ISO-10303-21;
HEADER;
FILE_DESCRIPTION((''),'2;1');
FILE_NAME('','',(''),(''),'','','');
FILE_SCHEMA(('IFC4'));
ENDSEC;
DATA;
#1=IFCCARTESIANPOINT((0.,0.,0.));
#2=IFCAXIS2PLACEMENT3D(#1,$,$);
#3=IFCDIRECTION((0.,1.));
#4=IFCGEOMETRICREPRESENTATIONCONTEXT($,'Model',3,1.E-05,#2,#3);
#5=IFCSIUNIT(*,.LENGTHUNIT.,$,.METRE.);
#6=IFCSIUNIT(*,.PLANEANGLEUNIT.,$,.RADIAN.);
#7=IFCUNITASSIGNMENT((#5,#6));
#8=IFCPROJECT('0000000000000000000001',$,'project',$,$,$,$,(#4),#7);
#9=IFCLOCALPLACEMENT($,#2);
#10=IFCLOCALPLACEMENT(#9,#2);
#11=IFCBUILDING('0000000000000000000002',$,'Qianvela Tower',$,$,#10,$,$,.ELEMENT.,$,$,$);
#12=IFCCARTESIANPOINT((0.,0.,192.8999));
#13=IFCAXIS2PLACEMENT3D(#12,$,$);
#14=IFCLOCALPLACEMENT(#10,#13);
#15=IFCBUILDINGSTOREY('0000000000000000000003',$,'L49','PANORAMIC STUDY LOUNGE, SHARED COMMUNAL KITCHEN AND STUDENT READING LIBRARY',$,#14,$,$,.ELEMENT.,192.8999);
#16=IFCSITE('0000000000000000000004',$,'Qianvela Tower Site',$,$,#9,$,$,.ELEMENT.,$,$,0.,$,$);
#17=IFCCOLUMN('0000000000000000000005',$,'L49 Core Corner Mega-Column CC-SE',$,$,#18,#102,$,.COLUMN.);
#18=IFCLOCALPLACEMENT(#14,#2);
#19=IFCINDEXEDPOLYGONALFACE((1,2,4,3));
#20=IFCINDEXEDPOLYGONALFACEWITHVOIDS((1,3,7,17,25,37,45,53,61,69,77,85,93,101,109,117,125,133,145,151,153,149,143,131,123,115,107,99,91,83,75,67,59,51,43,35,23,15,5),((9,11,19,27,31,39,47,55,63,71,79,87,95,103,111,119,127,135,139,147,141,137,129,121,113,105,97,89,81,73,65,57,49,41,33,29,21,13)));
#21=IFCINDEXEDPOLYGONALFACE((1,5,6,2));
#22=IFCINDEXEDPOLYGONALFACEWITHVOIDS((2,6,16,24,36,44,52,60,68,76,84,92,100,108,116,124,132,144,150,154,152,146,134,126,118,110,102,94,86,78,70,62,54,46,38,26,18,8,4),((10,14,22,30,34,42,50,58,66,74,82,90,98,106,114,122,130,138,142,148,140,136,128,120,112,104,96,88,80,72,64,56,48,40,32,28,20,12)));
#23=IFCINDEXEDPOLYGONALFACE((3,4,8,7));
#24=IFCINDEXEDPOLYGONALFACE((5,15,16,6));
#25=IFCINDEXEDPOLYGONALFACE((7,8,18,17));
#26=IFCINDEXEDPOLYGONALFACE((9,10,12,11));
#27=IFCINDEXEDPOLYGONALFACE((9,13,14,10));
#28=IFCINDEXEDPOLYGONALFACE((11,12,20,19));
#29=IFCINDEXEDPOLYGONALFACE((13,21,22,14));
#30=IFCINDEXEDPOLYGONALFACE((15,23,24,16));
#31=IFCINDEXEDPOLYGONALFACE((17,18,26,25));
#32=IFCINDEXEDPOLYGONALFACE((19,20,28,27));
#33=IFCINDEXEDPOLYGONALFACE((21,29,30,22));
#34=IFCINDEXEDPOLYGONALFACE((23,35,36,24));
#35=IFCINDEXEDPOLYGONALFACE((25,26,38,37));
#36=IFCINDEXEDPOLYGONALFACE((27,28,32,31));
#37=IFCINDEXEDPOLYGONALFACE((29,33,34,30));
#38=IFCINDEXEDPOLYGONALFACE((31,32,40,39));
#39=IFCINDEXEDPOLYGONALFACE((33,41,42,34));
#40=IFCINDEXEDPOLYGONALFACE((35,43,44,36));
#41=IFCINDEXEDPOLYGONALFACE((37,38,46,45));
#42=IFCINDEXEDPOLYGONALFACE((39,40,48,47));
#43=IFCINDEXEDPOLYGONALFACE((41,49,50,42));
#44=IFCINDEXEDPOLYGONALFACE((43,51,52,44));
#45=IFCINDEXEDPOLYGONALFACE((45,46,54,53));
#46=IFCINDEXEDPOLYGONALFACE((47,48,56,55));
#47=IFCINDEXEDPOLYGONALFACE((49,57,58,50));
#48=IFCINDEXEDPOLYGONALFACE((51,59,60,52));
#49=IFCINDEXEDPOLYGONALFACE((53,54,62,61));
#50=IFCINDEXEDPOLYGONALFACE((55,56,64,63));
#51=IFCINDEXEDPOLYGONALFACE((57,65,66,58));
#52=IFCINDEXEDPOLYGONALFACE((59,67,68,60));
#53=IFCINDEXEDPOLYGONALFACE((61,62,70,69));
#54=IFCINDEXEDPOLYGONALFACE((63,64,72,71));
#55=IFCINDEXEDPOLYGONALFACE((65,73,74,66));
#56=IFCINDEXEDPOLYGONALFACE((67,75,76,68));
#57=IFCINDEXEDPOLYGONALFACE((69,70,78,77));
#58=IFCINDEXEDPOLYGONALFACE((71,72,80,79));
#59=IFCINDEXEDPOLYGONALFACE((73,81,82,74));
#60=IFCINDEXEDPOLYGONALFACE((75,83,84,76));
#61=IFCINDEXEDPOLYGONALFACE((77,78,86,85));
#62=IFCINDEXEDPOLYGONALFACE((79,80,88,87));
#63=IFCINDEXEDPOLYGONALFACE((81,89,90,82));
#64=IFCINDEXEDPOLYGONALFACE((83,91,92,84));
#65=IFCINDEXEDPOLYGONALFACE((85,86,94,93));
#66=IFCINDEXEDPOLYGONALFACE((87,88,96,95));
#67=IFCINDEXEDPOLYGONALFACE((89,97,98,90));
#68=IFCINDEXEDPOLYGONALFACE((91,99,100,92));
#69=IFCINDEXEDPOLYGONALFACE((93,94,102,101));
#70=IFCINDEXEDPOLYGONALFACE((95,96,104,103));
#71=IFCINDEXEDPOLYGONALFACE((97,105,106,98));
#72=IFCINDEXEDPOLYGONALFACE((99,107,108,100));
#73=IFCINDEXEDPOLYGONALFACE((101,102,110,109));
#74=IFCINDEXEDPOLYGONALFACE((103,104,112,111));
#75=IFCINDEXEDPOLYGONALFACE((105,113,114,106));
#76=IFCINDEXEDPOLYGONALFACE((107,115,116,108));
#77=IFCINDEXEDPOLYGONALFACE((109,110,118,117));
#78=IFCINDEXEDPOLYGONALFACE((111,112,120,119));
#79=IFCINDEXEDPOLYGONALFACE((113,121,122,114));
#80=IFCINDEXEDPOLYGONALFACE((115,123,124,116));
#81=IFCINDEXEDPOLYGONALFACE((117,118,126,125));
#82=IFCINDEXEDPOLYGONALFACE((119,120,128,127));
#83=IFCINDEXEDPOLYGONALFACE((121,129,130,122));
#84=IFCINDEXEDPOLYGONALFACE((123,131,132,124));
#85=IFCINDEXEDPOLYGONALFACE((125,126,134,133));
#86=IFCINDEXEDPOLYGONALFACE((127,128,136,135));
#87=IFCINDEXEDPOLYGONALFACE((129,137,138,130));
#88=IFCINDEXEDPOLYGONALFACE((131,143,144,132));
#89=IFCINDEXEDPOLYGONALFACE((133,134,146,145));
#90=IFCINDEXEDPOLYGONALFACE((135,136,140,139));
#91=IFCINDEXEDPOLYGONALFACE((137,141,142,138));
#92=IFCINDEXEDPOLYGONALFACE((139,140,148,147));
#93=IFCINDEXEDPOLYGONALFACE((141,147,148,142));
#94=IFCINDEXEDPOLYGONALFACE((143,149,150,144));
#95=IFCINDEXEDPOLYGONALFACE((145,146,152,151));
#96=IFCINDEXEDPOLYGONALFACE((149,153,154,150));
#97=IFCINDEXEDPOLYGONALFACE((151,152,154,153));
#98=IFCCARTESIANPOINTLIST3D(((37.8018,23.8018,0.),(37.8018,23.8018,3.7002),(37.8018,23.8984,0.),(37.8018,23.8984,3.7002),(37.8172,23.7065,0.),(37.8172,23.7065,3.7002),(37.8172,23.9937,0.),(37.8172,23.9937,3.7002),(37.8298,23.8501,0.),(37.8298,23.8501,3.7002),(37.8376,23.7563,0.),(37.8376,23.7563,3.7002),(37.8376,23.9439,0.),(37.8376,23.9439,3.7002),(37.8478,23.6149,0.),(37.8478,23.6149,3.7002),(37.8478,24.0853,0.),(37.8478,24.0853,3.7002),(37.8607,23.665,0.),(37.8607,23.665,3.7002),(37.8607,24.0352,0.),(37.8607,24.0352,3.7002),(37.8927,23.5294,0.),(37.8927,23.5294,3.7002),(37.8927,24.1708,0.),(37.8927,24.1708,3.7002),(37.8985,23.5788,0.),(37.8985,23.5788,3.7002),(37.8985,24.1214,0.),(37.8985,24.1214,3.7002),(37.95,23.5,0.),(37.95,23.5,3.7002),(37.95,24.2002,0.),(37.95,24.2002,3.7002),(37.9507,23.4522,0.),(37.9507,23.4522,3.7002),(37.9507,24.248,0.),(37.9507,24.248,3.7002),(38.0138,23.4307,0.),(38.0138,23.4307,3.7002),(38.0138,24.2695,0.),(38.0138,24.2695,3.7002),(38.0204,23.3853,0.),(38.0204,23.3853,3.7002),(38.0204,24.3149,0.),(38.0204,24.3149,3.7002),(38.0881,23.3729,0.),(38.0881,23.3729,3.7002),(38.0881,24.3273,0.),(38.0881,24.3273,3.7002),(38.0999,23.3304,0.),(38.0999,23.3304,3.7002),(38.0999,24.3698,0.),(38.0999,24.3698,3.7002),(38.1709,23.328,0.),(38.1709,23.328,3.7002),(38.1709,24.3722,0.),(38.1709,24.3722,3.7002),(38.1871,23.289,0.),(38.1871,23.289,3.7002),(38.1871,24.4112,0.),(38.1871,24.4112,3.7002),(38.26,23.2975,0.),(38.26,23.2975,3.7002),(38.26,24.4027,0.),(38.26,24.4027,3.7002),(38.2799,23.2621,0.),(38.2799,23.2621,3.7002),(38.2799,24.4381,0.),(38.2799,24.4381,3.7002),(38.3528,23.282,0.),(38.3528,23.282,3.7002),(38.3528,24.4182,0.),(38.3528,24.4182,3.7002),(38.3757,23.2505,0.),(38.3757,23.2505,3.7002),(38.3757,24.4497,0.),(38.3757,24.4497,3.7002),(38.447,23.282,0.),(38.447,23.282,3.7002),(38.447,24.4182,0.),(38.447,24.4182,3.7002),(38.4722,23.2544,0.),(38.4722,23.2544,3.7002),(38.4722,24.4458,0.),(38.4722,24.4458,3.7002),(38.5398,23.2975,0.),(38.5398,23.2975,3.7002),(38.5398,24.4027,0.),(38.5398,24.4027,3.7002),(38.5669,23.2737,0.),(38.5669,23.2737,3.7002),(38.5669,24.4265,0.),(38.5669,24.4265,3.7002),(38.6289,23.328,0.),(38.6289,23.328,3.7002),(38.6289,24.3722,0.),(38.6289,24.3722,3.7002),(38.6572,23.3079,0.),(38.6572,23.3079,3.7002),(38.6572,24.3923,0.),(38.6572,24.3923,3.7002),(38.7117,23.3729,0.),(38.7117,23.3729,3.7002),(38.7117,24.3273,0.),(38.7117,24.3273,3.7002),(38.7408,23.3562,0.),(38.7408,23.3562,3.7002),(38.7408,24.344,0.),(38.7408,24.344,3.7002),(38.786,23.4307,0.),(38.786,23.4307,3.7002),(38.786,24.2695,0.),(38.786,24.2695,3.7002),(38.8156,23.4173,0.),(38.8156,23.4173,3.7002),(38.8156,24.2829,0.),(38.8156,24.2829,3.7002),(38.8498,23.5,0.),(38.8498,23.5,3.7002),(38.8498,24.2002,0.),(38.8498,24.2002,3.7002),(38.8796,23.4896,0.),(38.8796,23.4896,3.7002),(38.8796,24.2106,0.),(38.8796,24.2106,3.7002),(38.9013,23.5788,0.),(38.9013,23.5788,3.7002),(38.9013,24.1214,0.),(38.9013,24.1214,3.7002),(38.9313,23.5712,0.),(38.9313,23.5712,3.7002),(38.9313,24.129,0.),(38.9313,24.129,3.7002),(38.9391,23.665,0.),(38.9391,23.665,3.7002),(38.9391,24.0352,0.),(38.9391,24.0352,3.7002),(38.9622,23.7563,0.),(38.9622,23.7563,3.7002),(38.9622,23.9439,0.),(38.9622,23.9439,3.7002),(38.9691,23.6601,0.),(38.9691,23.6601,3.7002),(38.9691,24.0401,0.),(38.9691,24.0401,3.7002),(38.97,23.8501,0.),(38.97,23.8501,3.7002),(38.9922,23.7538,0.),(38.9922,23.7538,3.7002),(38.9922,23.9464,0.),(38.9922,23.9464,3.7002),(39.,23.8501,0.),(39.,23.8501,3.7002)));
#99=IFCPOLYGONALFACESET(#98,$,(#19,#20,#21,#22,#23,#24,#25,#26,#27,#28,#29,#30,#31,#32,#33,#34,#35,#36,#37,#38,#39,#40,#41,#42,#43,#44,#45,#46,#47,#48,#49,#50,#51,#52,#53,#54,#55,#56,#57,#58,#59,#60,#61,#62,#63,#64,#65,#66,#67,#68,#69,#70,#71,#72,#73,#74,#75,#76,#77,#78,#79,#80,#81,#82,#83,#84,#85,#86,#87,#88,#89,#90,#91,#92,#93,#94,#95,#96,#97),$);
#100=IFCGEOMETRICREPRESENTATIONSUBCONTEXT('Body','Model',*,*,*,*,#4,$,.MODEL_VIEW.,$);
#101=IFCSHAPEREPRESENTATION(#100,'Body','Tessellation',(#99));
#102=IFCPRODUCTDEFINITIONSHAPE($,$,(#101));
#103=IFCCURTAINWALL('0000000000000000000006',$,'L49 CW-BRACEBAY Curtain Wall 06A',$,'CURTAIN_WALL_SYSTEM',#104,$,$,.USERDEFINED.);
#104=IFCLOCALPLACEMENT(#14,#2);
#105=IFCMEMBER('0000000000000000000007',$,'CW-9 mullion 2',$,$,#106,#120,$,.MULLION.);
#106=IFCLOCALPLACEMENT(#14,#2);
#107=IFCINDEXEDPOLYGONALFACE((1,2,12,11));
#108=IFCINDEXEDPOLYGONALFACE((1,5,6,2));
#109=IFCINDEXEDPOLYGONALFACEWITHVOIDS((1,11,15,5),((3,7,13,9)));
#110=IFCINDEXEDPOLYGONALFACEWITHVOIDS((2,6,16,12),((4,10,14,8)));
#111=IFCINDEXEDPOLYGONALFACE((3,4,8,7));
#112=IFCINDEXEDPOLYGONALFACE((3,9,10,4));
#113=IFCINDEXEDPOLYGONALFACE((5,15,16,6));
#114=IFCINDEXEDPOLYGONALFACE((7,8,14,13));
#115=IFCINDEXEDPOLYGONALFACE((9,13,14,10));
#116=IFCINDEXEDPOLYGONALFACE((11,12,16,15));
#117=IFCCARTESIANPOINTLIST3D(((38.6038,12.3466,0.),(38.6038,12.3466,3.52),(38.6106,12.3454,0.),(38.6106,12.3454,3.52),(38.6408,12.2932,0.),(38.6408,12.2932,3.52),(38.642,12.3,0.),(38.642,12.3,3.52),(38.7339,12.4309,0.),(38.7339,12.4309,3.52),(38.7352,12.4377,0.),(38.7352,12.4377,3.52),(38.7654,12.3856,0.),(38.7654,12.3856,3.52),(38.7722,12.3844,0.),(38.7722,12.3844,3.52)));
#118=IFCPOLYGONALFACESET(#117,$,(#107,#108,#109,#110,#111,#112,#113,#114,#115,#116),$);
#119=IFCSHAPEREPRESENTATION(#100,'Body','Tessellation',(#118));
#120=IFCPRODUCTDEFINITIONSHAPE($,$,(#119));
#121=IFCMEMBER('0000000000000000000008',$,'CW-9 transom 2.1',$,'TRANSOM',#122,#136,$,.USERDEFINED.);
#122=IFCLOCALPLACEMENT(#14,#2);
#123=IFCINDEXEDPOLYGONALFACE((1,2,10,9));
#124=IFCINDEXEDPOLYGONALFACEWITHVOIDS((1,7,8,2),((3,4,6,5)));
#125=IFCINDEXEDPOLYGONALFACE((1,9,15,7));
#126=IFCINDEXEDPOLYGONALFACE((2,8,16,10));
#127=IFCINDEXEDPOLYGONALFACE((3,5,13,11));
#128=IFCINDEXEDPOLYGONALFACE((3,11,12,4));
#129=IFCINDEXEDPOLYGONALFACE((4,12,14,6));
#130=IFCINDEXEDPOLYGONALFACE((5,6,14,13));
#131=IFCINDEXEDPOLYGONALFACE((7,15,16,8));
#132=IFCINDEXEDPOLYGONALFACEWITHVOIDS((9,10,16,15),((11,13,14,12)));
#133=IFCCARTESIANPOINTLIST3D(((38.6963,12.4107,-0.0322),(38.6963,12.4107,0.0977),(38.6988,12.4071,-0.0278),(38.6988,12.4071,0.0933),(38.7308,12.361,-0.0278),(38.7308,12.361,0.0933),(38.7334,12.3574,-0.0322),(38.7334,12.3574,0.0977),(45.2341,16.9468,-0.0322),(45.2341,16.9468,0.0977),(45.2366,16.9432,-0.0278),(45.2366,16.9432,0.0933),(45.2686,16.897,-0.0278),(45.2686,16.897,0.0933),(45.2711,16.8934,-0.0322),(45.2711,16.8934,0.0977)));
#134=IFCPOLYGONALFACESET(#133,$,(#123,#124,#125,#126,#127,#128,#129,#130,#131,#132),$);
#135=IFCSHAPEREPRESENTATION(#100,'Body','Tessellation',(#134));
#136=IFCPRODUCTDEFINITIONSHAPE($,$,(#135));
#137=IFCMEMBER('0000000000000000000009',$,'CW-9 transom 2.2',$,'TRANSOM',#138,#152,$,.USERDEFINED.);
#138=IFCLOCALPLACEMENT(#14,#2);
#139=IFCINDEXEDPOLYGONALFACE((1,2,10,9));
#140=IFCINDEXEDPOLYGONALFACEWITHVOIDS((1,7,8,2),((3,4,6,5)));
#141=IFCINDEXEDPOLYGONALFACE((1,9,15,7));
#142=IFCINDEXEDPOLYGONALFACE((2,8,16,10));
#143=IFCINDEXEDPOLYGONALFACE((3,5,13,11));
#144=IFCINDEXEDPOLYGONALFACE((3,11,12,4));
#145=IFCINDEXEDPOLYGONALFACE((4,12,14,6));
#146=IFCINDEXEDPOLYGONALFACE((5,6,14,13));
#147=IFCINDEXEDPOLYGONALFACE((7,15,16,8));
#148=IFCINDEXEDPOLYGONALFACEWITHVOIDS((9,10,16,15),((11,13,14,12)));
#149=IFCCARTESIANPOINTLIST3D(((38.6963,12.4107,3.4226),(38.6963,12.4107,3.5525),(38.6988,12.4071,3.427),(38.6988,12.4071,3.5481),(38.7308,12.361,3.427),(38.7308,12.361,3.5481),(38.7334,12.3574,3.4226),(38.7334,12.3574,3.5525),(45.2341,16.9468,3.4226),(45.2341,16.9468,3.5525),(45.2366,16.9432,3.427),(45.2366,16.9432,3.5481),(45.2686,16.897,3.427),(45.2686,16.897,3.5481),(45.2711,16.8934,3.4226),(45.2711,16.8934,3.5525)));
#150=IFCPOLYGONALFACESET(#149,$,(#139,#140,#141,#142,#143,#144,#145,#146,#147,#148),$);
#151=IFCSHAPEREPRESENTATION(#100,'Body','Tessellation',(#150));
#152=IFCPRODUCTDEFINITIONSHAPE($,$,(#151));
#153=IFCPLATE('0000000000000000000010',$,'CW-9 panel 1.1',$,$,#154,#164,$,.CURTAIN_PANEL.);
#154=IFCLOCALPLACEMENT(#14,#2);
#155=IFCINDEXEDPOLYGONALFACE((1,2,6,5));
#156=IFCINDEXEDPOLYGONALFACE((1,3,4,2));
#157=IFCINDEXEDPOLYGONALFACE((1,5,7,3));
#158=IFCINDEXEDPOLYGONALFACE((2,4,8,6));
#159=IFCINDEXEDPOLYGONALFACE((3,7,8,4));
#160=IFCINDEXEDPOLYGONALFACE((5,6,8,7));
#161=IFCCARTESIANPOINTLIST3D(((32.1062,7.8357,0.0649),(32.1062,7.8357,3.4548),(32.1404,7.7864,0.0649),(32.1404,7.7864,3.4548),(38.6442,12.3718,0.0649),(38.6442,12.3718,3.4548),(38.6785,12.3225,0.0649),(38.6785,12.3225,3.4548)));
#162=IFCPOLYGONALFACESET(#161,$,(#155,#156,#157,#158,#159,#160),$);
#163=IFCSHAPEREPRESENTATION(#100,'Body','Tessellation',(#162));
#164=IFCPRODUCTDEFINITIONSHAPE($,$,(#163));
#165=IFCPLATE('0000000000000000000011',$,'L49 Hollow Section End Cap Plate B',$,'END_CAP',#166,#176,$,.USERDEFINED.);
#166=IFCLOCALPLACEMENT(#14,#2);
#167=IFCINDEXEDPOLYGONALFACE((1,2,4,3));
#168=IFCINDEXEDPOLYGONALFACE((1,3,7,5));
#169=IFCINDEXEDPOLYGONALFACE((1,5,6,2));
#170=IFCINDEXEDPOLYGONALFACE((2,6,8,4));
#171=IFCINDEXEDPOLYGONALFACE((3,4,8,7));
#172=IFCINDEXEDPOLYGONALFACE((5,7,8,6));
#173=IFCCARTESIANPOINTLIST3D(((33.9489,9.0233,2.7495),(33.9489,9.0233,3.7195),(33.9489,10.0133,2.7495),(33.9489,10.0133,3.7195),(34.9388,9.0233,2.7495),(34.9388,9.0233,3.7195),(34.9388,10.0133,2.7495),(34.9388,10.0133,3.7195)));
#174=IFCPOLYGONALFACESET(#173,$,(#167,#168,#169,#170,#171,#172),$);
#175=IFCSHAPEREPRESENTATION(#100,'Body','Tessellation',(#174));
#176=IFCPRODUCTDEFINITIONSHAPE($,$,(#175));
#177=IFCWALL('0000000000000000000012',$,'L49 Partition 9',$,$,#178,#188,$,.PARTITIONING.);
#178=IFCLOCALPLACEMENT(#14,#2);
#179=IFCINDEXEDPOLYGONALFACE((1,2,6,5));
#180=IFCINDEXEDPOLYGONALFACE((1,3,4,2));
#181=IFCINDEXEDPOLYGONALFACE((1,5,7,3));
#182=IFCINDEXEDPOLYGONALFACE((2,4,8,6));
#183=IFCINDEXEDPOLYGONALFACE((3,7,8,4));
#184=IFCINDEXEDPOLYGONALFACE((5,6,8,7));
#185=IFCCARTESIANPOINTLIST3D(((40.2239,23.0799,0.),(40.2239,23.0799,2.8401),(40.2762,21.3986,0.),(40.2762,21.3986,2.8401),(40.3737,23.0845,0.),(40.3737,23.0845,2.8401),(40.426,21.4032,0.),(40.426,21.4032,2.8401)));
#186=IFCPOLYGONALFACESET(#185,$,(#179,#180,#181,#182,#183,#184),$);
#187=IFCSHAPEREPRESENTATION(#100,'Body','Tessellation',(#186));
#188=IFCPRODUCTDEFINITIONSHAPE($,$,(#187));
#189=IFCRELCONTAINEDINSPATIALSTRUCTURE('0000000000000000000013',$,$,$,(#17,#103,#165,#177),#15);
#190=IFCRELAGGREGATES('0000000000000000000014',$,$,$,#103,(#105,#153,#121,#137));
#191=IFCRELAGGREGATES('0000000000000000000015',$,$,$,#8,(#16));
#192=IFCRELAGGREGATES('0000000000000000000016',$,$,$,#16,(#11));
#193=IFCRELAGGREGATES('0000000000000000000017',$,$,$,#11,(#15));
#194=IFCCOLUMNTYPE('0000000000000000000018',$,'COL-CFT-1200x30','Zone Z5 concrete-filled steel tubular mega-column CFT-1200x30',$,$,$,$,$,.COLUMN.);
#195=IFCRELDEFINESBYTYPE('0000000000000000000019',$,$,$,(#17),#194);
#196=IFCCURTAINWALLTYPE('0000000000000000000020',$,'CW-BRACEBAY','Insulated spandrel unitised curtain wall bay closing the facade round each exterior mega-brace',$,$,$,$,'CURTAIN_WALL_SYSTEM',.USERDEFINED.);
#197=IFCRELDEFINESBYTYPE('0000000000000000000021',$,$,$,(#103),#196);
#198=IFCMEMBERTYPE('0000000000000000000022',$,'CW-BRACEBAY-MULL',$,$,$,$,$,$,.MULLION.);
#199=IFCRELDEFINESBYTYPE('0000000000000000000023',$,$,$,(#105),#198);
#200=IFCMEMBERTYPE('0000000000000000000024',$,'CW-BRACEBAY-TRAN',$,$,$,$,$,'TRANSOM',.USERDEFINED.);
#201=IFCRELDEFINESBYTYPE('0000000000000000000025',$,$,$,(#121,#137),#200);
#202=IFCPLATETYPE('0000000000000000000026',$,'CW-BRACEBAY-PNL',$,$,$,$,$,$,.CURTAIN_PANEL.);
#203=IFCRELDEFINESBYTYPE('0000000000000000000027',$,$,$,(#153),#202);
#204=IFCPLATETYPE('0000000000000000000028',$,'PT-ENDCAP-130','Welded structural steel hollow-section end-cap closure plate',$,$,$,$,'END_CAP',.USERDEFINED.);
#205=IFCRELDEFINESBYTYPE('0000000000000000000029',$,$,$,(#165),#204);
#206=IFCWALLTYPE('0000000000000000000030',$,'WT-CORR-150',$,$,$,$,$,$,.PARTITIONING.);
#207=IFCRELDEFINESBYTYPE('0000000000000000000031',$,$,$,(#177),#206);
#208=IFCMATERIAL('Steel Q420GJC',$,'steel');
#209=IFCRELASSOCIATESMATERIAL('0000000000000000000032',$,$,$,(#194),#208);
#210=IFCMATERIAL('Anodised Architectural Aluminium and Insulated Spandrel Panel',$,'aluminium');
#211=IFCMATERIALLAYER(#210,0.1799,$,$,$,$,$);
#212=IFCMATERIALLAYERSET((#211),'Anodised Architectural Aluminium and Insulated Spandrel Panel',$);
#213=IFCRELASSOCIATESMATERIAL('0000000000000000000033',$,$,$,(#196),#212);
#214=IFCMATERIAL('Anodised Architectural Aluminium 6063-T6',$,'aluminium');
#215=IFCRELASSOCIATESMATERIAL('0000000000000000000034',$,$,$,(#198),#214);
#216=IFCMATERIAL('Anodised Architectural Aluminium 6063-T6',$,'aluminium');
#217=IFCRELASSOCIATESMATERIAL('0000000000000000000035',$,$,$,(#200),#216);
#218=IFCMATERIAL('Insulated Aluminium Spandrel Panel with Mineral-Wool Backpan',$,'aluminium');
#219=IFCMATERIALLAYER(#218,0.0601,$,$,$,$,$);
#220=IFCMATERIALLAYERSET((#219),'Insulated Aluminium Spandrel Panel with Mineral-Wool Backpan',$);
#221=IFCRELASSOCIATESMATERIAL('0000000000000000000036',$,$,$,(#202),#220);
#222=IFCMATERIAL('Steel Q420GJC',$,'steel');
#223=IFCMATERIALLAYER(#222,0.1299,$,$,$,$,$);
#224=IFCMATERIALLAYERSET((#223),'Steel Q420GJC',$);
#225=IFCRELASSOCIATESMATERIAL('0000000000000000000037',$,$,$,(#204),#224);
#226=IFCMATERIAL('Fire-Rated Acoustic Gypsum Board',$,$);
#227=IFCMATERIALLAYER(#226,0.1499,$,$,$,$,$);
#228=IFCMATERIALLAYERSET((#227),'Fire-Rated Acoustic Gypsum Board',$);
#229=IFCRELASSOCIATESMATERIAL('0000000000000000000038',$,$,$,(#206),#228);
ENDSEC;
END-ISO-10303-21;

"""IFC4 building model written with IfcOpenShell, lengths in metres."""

from ifc_helpers import new_model, si_unit, direction, frame, frame_2d, origin, origin_2d, place, context, subcontext, project, spatial, rectangle, hollow_rectangle, hollow_circle, extrude, material, layer, layer_set, material_profile, profile_set, type_object, element, aggregate, save


model = new_model("IFC4")

# Units and contexts
model_context = context("Model", 3, precision=1e-05, world=origin(), true_north=direction((0.0, 1.0)))
body_context = subcontext(model_context, "Body", "Model", "MODEL_VIEW")
ifc_project = project(units=[si_unit("LENGTHUNIT", "METRE"), si_unit("PLANEANGLEUNIT", "RADIAN")], contexts=[model_context])

# Site, building, storey
site_placement = place(None, origin())
site = spatial("IfcSite", under=ifc_project, at=site_placement, Name="Qianvela Tower Site", CompositionType="ELEMENT", RefElevation=0.0)
building_placement = place(site_placement, origin())
building = spatial("IfcBuilding", under=site, at=building_placement, Name="Qianvela Tower", CompositionType="ELEMENT")
storey_placement = place(building_placement, frame((0.0, 0.0, 192.8999)))
storey = spatial("IfcBuildingStorey", under=building, at=storey_placement, Name="L49", Description="PANORAMIC STUDY LOUNGE, SHARED COMMUNAL KITCHEN AND STUDENT READING LIBRARY", CompositionType="ELEMENT", Elevation=192.8999)

# Column
ifc_material_1 = material(Name="Steel Q420GJC", Category="steel")
ifc_material_profile_1 = material_profile(ifc_material_1, hollow_circle(Radius=0.6001, WallThickness=0.03, at=origin_2d()), Name="CFT-1200x30")
ifc_profile_set_1 = profile_set([ifc_material_profile_1], Name="Steel Q420GJC")
column_type = type_object("IfcColumnType", Name="COL-CFT-1200x30", Description="Zone Z5 concrete-filled steel tubular mega-column CFT-1200x30", PredefinedType="COLUMN", material=ifc_profile_set_1)
column_placement = place(storey_placement, frame((38.3999, 23.8501, 0.0), z_axis=(0.0, 0.0, 1.0), x_axis=(1.0, 0.0, 0.0)))
element("IfcColumn", 1, at=column_placement, inside=storey, type_object=column_type, Name="L49 Core Corner Mega-Column CC-SE", PredefinedType="COLUMN", context=body_context, shape_type="SweptSolid", body=[
    extrude(hollow_circle(Radius=0.6001, WallThickness=0.03, at=origin_2d()), origin(), (0.0, 0.0, 1.0), 3.7002),
])

# Curtain wall, members, plate
ifc_material_2 = material(Name="Anodised Architectural Aluminium and Insulated Spandrel Panel", Category="aluminium")
ifc_layer_1 = layer(ifc_material_2, 0.1799)
ifc_layer_set_1 = layer_set([ifc_layer_1], Name="Anodised Architectural Aluminium and Insulated Spandrel Panel")
curtain_wall_type = type_object("IfcCurtainWallType", Name="CW-BRACEBAY", Description="Insulated spandrel unitised curtain wall bay closing the facade round each exterior mega-brace", ElementType="CURTAIN_WALL_SYSTEM", PredefinedType="USERDEFINED", material=ifc_layer_set_1)
curtain_wall_placement = place(storey_placement, origin())
curtain_wall = element("IfcCurtainWall", 2, at=curtain_wall_placement, inside=storey, type_object=curtain_wall_type, Name="L49 CW-BRACEBAY Curtain Wall 06A", ObjectType="CURTAIN_WALL_SYSTEM", PredefinedType="USERDEFINED")
ifc_material_3 = material(Name="Anodised Architectural Aluminium 6063-T6", Category="aluminium")
ifc_material_profile_2 = material_profile(ifc_material_3, hollow_rectangle(XDim=0.0649, YDim=0.1599, WallThickness=0.0049, at=origin_2d()), Name="ALU-MULL-65x160")
ifc_profile_set_2 = profile_set([ifc_material_profile_2], Name="Anodised Architectural Aluminium 6063-T6")
member_type_1 = type_object("IfcMemberType", Name="CW-BRACEBAY-MULL", PredefinedType="MULLION", material=ifc_profile_set_2)
member_1_placement = place(storey_placement, frame((38.688, 12.3655, 0.0), z_axis=(0.0, 0.0, 1.0), x_axis=(-0.570037, 0.821619, 0.0)))
member_1 = element("IfcMember", 3, at=member_1_placement, type_object=member_type_1, Name="CW-9 mullion 2", PredefinedType="MULLION", context=body_context, shape_type="SweptSolid", body=[
    extrude(hollow_rectangle(XDim=0.0649, YDim=0.1599, WallThickness=0.0049, at=origin_2d()), origin(), (0.0, 0.0, 1.0), 3.52),
])
ifc_material_4 = material(Name="Anodised Architectural Aluminium 6063-T6", Category="aluminium")
ifc_material_profile_3 = material_profile(ifc_material_4, hollow_rectangle(XDim=0.0649, YDim=0.1299, WallThickness=0.0044, at=origin_2d()), Name="ALU-TRAN-65x130")
ifc_profile_set_3 = profile_set([ifc_material_profile_3], Name="Anodised Architectural Aluminium 6063-T6")
member_type_2 = type_object("IfcMemberType", Name="CW-BRACEBAY-TRAN", ElementType="TRANSOM", PredefinedType="USERDEFINED", material=ifc_profile_set_3)
member_2_placement = place(storey_placement, frame((38.7148, 12.384, 0.0327), z_axis=(0.821607, 0.570054, 0.0), x_axis=(-0.570054, 0.821607, 0.0)))
member_2 = element("IfcMember", 4, at=member_2_placement, type_object=member_type_2, Name="CW-9 transom 2.1", ObjectType="TRANSOM", PredefinedType="USERDEFINED", context=body_context, shape_type="SweptSolid", body=[
    extrude(hollow_rectangle(XDim=0.0649, YDim=0.1299, WallThickness=0.0044, at=origin_2d()), origin(), (0.0, 0.0, 1.0), 7.9573),
])
member_3_placement = place(storey_placement, frame((38.7148, 12.384, 3.4875), z_axis=(0.821607, 0.570054, 0.0), x_axis=(-0.570054, 0.821607, 0.0)))
member_3 = element("IfcMember", 5, at=member_3_placement, type_object=member_type_2, Name="CW-9 transom 2.2", ObjectType="TRANSOM", PredefinedType="USERDEFINED", context=body_context, shape_type="SweptSolid", body=[
    extrude(hollow_rectangle(XDim=0.0649, YDim=0.1299, WallThickness=0.0044, at=origin_2d()), origin(), (0.0, 0.0, 1.0), 7.9573),
])
ifc_material_5 = material(Name="Insulated Aluminium Spandrel Panel with Mineral-Wool Backpan", Category="aluminium")
ifc_layer_2 = layer(ifc_material_5, 0.0601)
ifc_layer_set_2 = layer_set([ifc_layer_2], Name="Insulated Aluminium Spandrel Panel with Mineral-Wool Backpan")
plate_type_1 = type_object("IfcPlateType", Name="CW-BRACEBAY-PNL", PredefinedType="CURTAIN_PANEL", material=ifc_layer_set_2)
plate_1_placement = place(storey_placement, frame((35.3923, 10.0791, 0.0649), z_axis=(0.0, 0.0, 1.0), x_axis=(0.821619, 0.570037, 0.0)))
plate_1 = element("IfcPlate", 6, at=plate_1_placement, type_object=plate_type_1, Name="CW-9 panel 1.1", PredefinedType="CURTAIN_PANEL", context=body_context, shape_type="SweptSolid", body=[
    extrude(rectangle(XDim=7.9575, YDim=0.0601, at=origin_2d()), origin(), (0.0, 0.0, 1.0), 3.3899),
])
aggregate(curtain_wall, [member_1, plate_1, member_2, member_3])

# Plate
ifc_material_6 = material(Name="Steel Q420GJC", Category="steel")
ifc_layer_3 = layer(ifc_material_6, 0.1299)
ifc_layer_set_3 = layer_set([ifc_layer_3], Name="Steel Q420GJC")
plate_type_2 = type_object("IfcPlateType", Name="PT-ENDCAP-130", Description="Welded structural steel hollow-section end-cap closure plate", ElementType="END_CAP", PredefinedType="USERDEFINED", material=ifc_layer_set_3)
plate_2_placement = place(storey_placement, frame((34.4438, 9.5183, 2.7495), z_axis=(0.0, 0.0, 1.0), x_axis=(1.0, 0.0, 0.0)))
element("IfcPlate", 7, at=plate_2_placement, inside=storey, type_object=plate_type_2, Name="L49 Hollow Section End Cap Plate B", ObjectType="END_CAP", PredefinedType="USERDEFINED", context=body_context, shape_type="SweptSolid", body=[
    extrude(rectangle(XDim=0.99, YDim=0.99, at=origin_2d()), origin(), (0.0, 0.0, 1.0), 0.97),
])

# Shared definitions
ifc_material_7 = material(Name="Fire-Rated Acoustic Gypsum Board")
ifc_layer_4 = layer(ifc_material_7, 0.1499)
ifc_layer_set_4 = layer_set([ifc_layer_4], Name="Fire-Rated Acoustic Gypsum Board")
wall_type_1 = type_object("IfcWallType", Name="WT-CORR-150", PredefinedType="PARTITIONING", material=ifc_layer_set_4)

# Wall
wall_1_placement = place(storey_placement, frame((40.3511, 21.4009, 0.0), z_axis=(0.0, 0.0, 1.0), x_axis=(-0.031058, 0.999518, 0.0)))
element("IfcWall", 8, at=wall_1_placement, inside=storey, type_object=wall_type_1, Name="L49 Partition 9", PredefinedType="PARTITIONING", context=body_context, shape_type="SweptSolid", body=[
    extrude(rectangle(XDim=1.6821, YDim=0.1499, at=frame_2d((0.8411, 0.0))), origin(), (0.0, 0.0, 1.0), 2.8401),
])

save(model, "model.ifc")
